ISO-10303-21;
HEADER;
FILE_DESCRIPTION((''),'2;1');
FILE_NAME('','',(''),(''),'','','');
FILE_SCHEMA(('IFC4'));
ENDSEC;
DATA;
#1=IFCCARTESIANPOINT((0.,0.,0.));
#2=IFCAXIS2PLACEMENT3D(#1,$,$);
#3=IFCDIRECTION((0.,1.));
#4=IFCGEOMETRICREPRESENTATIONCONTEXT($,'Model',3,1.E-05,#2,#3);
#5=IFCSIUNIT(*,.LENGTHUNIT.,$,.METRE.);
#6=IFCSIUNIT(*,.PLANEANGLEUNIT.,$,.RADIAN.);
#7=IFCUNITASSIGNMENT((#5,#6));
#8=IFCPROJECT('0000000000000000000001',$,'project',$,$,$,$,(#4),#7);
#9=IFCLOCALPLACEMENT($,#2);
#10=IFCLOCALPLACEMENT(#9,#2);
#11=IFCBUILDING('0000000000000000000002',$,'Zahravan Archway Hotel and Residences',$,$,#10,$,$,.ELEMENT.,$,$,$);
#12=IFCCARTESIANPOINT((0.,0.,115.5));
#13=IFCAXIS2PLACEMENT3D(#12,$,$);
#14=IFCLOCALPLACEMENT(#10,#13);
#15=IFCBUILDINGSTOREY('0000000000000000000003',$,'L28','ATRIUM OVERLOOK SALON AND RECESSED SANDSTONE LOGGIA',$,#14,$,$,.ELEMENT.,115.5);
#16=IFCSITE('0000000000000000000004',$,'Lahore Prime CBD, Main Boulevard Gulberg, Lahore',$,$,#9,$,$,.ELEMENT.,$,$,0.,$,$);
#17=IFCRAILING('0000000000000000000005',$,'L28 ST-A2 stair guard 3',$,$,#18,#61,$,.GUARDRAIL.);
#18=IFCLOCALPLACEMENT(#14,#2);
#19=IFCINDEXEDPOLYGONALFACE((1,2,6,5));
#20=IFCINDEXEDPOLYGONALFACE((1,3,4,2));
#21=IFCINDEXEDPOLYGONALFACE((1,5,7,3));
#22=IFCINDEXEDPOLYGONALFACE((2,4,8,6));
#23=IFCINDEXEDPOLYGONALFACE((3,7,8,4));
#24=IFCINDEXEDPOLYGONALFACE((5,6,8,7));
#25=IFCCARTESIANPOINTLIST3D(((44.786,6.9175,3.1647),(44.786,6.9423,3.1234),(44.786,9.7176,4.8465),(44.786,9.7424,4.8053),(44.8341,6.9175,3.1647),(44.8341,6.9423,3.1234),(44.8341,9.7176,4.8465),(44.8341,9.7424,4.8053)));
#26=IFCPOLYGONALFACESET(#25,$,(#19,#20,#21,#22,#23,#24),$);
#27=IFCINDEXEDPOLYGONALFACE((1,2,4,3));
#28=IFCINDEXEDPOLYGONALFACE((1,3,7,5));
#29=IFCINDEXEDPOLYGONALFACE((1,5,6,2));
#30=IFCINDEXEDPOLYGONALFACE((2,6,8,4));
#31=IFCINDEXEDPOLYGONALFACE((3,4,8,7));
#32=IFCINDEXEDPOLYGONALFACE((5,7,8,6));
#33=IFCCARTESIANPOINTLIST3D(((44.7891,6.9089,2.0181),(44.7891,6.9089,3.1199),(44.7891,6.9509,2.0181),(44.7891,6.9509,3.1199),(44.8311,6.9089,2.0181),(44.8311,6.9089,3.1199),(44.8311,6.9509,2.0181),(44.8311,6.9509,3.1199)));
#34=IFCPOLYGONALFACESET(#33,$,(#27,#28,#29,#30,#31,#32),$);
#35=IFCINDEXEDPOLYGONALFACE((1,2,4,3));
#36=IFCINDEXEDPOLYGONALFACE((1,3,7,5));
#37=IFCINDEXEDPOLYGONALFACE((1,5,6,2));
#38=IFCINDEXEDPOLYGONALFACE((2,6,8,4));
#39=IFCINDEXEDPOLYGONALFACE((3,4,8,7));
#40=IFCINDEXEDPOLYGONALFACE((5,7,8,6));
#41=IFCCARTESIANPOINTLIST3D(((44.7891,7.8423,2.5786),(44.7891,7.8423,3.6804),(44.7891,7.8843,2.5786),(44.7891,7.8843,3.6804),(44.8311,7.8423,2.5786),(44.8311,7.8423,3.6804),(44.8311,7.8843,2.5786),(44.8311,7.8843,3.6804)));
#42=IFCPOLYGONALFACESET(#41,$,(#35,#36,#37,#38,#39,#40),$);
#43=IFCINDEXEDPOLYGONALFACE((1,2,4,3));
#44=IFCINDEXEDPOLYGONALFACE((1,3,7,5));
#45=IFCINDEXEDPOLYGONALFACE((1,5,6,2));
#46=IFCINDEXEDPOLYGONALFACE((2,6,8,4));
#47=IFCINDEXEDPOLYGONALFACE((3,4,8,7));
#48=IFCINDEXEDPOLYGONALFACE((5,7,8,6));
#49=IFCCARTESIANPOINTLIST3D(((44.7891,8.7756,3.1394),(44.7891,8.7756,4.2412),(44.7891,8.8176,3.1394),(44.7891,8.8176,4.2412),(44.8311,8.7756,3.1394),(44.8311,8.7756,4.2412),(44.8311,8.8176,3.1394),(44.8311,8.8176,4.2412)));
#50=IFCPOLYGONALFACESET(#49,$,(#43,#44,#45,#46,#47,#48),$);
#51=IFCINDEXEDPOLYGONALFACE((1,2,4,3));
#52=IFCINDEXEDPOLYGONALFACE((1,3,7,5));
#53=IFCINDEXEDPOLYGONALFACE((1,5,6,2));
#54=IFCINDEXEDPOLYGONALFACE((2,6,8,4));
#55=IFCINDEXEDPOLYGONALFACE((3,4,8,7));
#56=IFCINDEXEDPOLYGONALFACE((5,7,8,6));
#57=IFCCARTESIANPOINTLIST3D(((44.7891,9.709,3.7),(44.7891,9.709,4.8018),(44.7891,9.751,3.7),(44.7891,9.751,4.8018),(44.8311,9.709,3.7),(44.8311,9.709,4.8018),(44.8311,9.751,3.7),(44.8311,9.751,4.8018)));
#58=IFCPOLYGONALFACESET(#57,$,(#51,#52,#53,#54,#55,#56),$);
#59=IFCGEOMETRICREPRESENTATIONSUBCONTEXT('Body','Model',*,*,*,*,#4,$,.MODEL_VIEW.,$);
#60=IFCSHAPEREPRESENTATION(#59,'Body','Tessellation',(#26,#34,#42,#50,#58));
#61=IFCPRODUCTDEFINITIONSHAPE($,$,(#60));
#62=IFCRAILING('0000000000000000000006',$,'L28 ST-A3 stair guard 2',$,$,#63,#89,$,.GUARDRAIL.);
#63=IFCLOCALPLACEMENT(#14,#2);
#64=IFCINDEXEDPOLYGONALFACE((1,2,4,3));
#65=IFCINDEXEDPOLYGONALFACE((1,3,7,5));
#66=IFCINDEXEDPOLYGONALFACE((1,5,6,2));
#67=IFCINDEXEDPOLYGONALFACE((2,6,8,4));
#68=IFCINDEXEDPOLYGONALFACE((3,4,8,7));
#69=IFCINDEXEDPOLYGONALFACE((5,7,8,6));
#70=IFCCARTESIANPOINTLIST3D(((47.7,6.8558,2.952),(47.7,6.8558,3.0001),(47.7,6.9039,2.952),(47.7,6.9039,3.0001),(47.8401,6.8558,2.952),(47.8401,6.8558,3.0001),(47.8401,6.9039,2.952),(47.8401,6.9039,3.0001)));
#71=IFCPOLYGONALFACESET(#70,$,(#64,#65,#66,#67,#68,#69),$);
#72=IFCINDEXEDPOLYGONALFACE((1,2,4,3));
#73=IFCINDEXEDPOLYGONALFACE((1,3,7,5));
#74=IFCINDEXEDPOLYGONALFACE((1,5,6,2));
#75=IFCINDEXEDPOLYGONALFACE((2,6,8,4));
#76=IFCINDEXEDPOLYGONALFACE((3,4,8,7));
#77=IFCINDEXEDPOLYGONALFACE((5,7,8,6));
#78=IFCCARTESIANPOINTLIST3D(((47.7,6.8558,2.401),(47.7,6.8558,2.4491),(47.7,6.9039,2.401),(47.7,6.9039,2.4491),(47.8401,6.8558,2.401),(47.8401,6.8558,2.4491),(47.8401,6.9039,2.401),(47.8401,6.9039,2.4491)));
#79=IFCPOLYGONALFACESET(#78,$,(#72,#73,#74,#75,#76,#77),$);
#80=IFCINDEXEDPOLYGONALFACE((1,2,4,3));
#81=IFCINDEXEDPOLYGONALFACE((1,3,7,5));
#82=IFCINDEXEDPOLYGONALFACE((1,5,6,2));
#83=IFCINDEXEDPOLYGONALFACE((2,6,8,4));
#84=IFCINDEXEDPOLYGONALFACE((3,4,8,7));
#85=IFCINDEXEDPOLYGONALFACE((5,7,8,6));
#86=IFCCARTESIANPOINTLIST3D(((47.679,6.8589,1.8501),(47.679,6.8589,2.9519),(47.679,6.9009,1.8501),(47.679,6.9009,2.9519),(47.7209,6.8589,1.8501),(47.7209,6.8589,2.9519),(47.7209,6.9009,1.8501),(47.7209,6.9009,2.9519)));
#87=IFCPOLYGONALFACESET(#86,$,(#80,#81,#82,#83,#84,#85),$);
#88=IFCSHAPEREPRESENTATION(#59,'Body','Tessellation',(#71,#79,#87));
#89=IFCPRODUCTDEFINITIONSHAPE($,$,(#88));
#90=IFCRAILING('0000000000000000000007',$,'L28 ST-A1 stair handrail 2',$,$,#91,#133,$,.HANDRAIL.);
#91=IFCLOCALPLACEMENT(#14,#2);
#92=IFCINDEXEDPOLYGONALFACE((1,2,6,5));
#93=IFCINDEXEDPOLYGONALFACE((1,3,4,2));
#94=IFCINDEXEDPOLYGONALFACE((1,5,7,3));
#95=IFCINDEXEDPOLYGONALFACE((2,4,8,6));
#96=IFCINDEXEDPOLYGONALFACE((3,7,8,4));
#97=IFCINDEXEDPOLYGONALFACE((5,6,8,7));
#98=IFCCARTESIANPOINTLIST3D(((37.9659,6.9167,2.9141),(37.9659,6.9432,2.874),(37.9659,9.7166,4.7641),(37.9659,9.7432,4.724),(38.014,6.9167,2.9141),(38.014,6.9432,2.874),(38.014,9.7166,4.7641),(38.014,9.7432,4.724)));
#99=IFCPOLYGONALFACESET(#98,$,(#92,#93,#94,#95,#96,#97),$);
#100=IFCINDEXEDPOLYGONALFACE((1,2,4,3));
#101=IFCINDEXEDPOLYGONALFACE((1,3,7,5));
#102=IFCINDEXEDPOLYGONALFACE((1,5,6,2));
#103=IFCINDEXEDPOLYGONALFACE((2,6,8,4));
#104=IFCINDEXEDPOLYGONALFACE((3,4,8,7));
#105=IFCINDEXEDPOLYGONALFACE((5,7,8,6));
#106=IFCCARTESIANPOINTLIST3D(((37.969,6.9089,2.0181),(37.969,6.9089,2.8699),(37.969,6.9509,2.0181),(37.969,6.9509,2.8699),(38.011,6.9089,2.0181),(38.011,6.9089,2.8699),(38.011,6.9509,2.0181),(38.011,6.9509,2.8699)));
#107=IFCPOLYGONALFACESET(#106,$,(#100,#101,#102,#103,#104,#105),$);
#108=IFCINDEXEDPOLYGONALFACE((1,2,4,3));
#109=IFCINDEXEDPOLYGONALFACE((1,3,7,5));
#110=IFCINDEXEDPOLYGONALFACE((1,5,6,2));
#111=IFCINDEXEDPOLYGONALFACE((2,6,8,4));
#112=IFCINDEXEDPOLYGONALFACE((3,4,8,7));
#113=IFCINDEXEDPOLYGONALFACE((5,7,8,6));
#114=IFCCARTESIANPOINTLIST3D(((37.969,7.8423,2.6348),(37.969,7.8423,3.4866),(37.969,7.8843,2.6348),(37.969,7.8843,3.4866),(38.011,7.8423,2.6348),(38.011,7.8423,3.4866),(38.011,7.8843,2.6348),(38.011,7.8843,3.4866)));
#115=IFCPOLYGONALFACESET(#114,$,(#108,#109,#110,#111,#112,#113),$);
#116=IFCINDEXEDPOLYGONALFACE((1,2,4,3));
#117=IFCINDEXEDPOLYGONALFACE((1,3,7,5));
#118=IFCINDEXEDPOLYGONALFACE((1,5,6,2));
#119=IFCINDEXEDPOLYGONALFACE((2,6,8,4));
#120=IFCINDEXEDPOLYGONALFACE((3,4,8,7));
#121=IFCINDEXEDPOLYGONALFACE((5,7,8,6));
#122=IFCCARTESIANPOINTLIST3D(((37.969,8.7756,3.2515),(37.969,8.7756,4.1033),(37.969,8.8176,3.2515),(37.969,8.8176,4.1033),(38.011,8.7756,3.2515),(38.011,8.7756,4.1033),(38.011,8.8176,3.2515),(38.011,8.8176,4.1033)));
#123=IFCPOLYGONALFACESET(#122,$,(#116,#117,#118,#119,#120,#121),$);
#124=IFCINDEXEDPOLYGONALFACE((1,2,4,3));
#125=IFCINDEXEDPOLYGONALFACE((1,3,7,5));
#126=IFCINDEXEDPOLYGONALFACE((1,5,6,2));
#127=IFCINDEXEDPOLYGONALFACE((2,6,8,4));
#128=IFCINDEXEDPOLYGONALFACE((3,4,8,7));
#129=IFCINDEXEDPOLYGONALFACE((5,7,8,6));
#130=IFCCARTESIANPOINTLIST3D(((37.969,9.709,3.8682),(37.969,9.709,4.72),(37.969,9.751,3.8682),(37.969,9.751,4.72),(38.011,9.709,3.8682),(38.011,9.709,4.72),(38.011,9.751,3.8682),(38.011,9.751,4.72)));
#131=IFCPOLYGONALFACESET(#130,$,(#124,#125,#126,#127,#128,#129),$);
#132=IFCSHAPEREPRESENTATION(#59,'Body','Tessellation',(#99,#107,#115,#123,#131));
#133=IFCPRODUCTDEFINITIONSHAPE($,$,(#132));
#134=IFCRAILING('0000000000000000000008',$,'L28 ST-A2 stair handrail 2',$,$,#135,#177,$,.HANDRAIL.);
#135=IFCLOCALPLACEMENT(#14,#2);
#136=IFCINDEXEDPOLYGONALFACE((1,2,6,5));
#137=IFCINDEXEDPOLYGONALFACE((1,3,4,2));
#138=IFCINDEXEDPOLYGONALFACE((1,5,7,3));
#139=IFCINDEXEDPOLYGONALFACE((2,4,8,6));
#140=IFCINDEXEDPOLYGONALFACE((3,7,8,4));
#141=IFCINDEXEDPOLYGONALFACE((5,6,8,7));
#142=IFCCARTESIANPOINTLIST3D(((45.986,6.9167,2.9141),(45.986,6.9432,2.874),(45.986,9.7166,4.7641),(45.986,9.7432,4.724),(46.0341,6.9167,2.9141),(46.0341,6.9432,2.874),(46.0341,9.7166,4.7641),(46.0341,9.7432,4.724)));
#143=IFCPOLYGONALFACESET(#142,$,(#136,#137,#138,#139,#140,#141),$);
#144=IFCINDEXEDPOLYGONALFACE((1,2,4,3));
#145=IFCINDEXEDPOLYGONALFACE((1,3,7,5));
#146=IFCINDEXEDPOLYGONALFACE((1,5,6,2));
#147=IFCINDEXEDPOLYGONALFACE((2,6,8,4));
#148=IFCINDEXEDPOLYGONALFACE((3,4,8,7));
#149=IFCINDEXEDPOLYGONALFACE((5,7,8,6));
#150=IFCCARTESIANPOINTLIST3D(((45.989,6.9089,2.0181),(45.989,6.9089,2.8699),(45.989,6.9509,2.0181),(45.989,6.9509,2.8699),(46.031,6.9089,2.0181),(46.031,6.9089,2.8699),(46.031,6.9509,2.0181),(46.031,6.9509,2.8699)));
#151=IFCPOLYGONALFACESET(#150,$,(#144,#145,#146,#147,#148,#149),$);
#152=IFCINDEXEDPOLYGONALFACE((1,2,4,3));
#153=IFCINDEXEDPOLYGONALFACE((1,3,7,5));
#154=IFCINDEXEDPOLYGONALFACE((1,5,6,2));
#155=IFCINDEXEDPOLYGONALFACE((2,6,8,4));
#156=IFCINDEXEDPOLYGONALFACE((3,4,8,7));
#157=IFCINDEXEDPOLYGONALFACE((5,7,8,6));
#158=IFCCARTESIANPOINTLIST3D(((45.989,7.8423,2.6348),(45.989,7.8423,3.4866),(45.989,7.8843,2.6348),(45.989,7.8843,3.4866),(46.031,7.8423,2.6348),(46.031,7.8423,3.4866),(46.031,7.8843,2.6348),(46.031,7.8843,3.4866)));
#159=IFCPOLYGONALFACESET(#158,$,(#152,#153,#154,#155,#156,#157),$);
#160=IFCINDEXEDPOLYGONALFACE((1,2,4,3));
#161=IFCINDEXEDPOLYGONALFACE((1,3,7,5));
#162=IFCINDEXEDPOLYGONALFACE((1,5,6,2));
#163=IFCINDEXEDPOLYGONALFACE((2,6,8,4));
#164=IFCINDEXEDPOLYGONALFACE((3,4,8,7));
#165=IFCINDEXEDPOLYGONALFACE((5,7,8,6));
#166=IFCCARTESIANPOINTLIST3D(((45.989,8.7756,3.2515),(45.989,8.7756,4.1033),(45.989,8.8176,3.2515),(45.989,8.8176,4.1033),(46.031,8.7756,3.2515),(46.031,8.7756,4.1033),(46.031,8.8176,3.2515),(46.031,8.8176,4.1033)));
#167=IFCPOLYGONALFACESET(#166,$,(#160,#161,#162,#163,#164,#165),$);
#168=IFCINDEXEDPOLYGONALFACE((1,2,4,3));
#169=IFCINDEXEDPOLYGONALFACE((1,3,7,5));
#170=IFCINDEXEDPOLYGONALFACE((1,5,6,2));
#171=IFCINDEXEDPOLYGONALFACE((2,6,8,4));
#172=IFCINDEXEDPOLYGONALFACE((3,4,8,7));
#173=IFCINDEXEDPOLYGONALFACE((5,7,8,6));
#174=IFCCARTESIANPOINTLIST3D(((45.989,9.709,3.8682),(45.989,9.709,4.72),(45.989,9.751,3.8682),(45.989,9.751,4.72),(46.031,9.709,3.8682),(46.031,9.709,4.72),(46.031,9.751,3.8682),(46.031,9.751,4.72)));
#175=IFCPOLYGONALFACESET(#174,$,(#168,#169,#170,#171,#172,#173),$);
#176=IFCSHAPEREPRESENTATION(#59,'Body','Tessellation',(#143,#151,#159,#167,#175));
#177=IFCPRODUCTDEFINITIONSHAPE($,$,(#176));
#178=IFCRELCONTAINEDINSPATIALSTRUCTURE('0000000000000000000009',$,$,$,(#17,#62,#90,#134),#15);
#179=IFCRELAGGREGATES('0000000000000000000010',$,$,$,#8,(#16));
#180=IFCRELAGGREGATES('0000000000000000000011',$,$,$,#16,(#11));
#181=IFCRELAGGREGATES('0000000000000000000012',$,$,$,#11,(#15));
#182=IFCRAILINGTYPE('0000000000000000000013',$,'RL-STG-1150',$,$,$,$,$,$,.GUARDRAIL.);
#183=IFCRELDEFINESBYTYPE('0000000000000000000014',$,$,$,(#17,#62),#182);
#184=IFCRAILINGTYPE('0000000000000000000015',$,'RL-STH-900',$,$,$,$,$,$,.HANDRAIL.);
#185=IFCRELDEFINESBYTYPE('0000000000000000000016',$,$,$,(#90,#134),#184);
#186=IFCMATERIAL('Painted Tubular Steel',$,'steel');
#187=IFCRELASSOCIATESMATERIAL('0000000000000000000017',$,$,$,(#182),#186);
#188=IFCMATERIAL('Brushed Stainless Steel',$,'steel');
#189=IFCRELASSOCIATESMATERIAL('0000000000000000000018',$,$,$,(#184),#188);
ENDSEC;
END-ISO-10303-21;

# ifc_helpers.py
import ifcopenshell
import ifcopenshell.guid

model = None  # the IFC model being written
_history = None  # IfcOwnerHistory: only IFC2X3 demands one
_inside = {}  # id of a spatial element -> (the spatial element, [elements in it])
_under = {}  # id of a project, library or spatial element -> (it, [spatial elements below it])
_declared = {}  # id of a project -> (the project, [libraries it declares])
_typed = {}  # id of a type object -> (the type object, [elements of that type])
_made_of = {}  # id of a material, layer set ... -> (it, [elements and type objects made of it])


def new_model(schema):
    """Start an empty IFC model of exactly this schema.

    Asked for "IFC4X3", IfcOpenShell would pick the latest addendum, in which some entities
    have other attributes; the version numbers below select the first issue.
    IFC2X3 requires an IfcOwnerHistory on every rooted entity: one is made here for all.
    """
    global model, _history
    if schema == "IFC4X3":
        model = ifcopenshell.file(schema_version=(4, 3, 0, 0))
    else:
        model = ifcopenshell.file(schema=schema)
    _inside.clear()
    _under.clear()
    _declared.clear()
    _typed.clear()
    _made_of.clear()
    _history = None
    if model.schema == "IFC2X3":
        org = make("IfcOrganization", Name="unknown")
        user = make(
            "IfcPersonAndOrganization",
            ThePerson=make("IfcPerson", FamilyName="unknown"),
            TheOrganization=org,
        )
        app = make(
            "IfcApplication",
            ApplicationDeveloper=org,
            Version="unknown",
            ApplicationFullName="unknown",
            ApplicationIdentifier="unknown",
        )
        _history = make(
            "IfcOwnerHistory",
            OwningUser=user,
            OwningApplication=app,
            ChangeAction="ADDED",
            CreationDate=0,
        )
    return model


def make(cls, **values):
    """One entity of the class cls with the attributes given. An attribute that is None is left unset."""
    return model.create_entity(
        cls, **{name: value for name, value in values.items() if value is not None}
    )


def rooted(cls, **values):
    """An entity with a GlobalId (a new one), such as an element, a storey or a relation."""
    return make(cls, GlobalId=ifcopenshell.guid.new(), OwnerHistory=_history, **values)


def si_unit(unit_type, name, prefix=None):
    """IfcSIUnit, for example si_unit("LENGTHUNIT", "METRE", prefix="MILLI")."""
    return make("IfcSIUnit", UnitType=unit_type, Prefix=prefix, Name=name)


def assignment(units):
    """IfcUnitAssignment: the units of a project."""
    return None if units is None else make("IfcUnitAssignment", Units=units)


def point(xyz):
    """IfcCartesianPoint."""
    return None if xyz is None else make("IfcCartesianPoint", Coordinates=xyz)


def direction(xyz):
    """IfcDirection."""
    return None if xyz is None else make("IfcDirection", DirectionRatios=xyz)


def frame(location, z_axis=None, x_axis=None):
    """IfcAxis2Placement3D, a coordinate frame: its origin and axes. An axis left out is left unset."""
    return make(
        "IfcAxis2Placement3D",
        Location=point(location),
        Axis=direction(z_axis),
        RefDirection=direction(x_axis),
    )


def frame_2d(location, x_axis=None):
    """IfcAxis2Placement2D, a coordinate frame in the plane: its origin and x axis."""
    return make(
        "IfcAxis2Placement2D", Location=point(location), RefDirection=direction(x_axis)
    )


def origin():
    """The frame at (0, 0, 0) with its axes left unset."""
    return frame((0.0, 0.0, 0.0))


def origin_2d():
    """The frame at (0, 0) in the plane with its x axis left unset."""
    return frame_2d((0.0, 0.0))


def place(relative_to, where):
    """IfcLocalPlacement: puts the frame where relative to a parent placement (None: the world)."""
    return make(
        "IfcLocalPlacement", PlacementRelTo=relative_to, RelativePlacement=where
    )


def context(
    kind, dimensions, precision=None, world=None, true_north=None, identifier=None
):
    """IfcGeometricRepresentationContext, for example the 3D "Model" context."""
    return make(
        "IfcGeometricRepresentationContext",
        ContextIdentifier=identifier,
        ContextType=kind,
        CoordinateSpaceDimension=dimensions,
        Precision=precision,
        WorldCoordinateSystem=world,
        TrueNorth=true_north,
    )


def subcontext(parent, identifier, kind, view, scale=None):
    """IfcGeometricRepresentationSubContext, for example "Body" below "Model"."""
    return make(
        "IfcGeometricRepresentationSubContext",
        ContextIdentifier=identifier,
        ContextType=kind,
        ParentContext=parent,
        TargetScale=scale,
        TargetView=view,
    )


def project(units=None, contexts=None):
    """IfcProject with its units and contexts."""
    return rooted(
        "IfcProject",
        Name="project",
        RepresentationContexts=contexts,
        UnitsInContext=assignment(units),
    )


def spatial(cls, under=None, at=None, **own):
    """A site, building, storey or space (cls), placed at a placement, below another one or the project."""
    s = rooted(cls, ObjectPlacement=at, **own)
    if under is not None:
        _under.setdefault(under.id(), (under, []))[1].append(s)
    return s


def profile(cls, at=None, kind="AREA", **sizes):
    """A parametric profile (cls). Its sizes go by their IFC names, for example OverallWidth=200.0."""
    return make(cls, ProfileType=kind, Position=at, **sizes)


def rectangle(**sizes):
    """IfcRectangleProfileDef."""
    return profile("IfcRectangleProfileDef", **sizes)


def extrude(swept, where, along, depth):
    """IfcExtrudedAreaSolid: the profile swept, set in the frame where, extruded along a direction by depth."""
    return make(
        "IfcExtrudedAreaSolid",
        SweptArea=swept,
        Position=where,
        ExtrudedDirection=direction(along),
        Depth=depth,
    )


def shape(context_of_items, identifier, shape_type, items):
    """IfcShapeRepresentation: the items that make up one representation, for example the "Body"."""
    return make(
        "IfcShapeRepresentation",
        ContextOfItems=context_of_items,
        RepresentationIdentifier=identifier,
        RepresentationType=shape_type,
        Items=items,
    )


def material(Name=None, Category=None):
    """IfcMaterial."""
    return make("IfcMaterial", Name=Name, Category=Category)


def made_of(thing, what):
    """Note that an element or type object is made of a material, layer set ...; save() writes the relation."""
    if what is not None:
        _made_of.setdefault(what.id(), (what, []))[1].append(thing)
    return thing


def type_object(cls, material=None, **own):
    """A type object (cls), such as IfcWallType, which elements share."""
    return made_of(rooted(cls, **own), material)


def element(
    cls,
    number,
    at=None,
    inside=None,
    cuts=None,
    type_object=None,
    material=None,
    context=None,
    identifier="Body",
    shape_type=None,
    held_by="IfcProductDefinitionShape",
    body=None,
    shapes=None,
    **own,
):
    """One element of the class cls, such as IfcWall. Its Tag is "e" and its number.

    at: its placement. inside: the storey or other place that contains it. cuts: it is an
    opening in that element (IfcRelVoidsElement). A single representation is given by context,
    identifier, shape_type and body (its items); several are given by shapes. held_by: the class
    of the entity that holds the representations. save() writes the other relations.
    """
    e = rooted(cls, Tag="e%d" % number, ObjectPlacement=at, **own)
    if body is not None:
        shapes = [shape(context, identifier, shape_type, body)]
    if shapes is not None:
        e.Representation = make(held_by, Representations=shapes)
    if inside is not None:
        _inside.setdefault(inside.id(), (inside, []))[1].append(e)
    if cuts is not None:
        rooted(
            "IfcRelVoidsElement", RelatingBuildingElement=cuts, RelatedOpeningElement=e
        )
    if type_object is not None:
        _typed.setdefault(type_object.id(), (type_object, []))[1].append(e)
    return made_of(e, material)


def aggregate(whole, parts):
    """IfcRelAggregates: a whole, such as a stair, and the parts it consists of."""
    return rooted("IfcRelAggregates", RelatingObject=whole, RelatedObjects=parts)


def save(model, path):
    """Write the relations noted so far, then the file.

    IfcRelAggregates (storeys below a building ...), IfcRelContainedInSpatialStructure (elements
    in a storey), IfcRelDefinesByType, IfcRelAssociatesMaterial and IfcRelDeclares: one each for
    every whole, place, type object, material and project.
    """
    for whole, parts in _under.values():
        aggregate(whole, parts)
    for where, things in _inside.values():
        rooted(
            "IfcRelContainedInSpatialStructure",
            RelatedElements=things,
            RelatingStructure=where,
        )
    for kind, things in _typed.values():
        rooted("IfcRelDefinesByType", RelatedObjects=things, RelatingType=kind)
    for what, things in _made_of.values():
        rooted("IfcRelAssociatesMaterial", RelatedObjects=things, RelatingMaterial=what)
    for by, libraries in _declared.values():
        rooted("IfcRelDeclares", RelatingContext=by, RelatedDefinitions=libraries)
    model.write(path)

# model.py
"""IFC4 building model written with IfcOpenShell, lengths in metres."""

from ifc_helpers import new_model, si_unit, direction, frame, origin, origin_2d, place, context, subcontext, project, spatial, rectangle, extrude, material, type_object, element, save


model = new_model("IFC4")

# Units and contexts
model_context = context("Model", 3, precision=1e-05, world=origin(), true_north=direction((0.0, 1.0)))
body_context = subcontext(model_context, "Body", "Model", "MODEL_VIEW")
ifc_project = project(units=[si_unit("LENGTHUNIT", "METRE"), si_unit("PLANEANGLEUNIT", "RADIAN")], contexts=[model_context])

# Site, building, storey
site_placement = place(None, origin())
site = spatial("IfcSite", under=ifc_project, at=site_placement, Name="Lahore Prime CBD, Main Boulevard Gulberg, Lahore", CompositionType="ELEMENT", RefElevation=0.0)
building_placement = place(site_placement, origin())
building = spatial("IfcBuilding", under=site, at=building_placement, Name="Zahravan Archway Hotel and Residences", CompositionType="ELEMENT")
storey_placement = place(building_placement, frame((0.0, 0.0, 115.5)))
storey = spatial("IfcBuildingStorey", under=building, at=storey_placement, Name="L28", Description="ATRIUM OVERLOOK SALON AND RECESSED SANDSTONE LOGGIA", CompositionType="ELEMENT", Elevation=115.5)

# Railings
ifc_material_1 = material(Name="Painted Tubular Steel", Category="steel")
railing_type_1 = type_object("IfcRailingType", Name="RL-STG-1150", PredefinedType="GUARDRAIL", material=ifc_material_1)
railing_1_placement = place(storey_placement, frame((44.8101, 6.9299, 2.0181)))
element("IfcRailing", 1, at=railing_1_placement, inside=storey, type_object=railing_type_1, Name="L28 ST-A2 stair guard 3", PredefinedType="GUARDRAIL", context=body_context, shape_type="SweptSolid", body=[
    extrude(rectangle(XDim=0.0481, YDim=0.0481, at=origin_2d()), frame((0.0, 0.0, 1.126), z_axis=(0.0, 0.857242, 0.514913), x_axis=(-1.0, 0.0, 0.0)), (0.0, 0.0, 1.0), 3.2664),
    extrude(rectangle(XDim=0.042, YDim=0.042, at=origin_2d()), origin(), (0.0, 0.0, 1.0), 1.1018),
    extrude(rectangle(XDim=0.042, YDim=0.042, at=origin_2d()), frame((0.0, 0.9333, 0.5605)), (0.0, 0.0, 1.0), 1.1018),
    extrude(rectangle(XDim=0.042, YDim=0.042, at=origin_2d()), frame((0.0, 1.8667, 1.1213)), (0.0, 0.0, 1.0), 1.1018),
    extrude(rectangle(XDim=0.042, YDim=0.042, at=origin_2d()), frame((0.0, 2.8, 1.6819)), (0.0, 0.0, 1.0), 1.1018),
])
railing_2_placement = place(storey_placement, frame((47.7, 6.8799, 1.8501)))
element("IfcRailing", 2, at=railing_2_placement, inside=storey, type_object=railing_type_1, Name="L28 ST-A3 stair guard 2", PredefinedType="GUARDRAIL", context=body_context, shape_type="SweptSolid", body=[
    extrude(rectangle(XDim=0.0481, YDim=0.0481, at=origin_2d()), frame((0.0, 0.0, 1.126), z_axis=(1.0, 0.0, 0.0), x_axis=(0.0, 1.0, 0.0)), (0.0, 0.0, 1.0), 0.1401),
    extrude(rectangle(XDim=0.0481, YDim=0.0481, at=origin_2d()), frame((0.0, 0.0, 0.575), z_axis=(1.0, 0.0, 0.0), x_axis=(0.0, 1.0, 0.0)), (0.0, 0.0, 1.0), 0.1401),
    extrude(rectangle(XDim=0.042, YDim=0.042, at=origin_2d()), origin(), (0.0, 0.0, 1.0), 1.1018),
])
ifc_material_2 = material(Name="Brushed Stainless Steel", Category="steel")
railing_type_2 = type_object("IfcRailingType", Name="RL-STH-900", PredefinedType="HANDRAIL", material=ifc_material_2)
for number, where, name in (
    (3, (37.99, 6.9299, 2.0181), "L28 ST-A1 stair handrail 2"),
    (4, (46.01, 6.9299, 2.0181), "L28 ST-A2 stair handrail 2"),
):
    element("IfcRailing", number, at=place(storey_placement, frame(where)), inside=storey, type_object=railing_type_2, Name=name, PredefinedType="HANDRAIL", context=body_context, shape_type="SweptSolid", body=[
        extrude(rectangle(XDim=0.0481, YDim=0.0481, at=origin_2d()), frame((0.0, 0.0, 0.876), z_axis=(0.0, 0.834326, 0.551271), x_axis=(-1.0, 0.0, 0.0)), (0.0, 0.0, 1.0), 3.356),
        extrude(rectangle(XDim=0.042, YDim=0.042, at=origin_2d()), origin(), (0.0, 0.0, 1.0), 0.8518),
        extrude(rectangle(XDim=0.042, YDim=0.042, at=origin_2d()), frame((0.0, 0.9333, 0.6167)), (0.0, 0.0, 1.0), 0.8518),
        extrude(rectangle(XDim=0.042, YDim=0.042, at=origin_2d()), frame((0.0, 1.8667, 1.2334)), (0.0, 0.0, 1.0), 0.8518),
        extrude(rectangle(XDim=0.042, YDim=0.042, at=origin_2d()), frame((0.0, 2.8, 1.8501)), (0.0, 0.0, 1.0), 0.8518),
    ])

save(model, "model.ifc")
